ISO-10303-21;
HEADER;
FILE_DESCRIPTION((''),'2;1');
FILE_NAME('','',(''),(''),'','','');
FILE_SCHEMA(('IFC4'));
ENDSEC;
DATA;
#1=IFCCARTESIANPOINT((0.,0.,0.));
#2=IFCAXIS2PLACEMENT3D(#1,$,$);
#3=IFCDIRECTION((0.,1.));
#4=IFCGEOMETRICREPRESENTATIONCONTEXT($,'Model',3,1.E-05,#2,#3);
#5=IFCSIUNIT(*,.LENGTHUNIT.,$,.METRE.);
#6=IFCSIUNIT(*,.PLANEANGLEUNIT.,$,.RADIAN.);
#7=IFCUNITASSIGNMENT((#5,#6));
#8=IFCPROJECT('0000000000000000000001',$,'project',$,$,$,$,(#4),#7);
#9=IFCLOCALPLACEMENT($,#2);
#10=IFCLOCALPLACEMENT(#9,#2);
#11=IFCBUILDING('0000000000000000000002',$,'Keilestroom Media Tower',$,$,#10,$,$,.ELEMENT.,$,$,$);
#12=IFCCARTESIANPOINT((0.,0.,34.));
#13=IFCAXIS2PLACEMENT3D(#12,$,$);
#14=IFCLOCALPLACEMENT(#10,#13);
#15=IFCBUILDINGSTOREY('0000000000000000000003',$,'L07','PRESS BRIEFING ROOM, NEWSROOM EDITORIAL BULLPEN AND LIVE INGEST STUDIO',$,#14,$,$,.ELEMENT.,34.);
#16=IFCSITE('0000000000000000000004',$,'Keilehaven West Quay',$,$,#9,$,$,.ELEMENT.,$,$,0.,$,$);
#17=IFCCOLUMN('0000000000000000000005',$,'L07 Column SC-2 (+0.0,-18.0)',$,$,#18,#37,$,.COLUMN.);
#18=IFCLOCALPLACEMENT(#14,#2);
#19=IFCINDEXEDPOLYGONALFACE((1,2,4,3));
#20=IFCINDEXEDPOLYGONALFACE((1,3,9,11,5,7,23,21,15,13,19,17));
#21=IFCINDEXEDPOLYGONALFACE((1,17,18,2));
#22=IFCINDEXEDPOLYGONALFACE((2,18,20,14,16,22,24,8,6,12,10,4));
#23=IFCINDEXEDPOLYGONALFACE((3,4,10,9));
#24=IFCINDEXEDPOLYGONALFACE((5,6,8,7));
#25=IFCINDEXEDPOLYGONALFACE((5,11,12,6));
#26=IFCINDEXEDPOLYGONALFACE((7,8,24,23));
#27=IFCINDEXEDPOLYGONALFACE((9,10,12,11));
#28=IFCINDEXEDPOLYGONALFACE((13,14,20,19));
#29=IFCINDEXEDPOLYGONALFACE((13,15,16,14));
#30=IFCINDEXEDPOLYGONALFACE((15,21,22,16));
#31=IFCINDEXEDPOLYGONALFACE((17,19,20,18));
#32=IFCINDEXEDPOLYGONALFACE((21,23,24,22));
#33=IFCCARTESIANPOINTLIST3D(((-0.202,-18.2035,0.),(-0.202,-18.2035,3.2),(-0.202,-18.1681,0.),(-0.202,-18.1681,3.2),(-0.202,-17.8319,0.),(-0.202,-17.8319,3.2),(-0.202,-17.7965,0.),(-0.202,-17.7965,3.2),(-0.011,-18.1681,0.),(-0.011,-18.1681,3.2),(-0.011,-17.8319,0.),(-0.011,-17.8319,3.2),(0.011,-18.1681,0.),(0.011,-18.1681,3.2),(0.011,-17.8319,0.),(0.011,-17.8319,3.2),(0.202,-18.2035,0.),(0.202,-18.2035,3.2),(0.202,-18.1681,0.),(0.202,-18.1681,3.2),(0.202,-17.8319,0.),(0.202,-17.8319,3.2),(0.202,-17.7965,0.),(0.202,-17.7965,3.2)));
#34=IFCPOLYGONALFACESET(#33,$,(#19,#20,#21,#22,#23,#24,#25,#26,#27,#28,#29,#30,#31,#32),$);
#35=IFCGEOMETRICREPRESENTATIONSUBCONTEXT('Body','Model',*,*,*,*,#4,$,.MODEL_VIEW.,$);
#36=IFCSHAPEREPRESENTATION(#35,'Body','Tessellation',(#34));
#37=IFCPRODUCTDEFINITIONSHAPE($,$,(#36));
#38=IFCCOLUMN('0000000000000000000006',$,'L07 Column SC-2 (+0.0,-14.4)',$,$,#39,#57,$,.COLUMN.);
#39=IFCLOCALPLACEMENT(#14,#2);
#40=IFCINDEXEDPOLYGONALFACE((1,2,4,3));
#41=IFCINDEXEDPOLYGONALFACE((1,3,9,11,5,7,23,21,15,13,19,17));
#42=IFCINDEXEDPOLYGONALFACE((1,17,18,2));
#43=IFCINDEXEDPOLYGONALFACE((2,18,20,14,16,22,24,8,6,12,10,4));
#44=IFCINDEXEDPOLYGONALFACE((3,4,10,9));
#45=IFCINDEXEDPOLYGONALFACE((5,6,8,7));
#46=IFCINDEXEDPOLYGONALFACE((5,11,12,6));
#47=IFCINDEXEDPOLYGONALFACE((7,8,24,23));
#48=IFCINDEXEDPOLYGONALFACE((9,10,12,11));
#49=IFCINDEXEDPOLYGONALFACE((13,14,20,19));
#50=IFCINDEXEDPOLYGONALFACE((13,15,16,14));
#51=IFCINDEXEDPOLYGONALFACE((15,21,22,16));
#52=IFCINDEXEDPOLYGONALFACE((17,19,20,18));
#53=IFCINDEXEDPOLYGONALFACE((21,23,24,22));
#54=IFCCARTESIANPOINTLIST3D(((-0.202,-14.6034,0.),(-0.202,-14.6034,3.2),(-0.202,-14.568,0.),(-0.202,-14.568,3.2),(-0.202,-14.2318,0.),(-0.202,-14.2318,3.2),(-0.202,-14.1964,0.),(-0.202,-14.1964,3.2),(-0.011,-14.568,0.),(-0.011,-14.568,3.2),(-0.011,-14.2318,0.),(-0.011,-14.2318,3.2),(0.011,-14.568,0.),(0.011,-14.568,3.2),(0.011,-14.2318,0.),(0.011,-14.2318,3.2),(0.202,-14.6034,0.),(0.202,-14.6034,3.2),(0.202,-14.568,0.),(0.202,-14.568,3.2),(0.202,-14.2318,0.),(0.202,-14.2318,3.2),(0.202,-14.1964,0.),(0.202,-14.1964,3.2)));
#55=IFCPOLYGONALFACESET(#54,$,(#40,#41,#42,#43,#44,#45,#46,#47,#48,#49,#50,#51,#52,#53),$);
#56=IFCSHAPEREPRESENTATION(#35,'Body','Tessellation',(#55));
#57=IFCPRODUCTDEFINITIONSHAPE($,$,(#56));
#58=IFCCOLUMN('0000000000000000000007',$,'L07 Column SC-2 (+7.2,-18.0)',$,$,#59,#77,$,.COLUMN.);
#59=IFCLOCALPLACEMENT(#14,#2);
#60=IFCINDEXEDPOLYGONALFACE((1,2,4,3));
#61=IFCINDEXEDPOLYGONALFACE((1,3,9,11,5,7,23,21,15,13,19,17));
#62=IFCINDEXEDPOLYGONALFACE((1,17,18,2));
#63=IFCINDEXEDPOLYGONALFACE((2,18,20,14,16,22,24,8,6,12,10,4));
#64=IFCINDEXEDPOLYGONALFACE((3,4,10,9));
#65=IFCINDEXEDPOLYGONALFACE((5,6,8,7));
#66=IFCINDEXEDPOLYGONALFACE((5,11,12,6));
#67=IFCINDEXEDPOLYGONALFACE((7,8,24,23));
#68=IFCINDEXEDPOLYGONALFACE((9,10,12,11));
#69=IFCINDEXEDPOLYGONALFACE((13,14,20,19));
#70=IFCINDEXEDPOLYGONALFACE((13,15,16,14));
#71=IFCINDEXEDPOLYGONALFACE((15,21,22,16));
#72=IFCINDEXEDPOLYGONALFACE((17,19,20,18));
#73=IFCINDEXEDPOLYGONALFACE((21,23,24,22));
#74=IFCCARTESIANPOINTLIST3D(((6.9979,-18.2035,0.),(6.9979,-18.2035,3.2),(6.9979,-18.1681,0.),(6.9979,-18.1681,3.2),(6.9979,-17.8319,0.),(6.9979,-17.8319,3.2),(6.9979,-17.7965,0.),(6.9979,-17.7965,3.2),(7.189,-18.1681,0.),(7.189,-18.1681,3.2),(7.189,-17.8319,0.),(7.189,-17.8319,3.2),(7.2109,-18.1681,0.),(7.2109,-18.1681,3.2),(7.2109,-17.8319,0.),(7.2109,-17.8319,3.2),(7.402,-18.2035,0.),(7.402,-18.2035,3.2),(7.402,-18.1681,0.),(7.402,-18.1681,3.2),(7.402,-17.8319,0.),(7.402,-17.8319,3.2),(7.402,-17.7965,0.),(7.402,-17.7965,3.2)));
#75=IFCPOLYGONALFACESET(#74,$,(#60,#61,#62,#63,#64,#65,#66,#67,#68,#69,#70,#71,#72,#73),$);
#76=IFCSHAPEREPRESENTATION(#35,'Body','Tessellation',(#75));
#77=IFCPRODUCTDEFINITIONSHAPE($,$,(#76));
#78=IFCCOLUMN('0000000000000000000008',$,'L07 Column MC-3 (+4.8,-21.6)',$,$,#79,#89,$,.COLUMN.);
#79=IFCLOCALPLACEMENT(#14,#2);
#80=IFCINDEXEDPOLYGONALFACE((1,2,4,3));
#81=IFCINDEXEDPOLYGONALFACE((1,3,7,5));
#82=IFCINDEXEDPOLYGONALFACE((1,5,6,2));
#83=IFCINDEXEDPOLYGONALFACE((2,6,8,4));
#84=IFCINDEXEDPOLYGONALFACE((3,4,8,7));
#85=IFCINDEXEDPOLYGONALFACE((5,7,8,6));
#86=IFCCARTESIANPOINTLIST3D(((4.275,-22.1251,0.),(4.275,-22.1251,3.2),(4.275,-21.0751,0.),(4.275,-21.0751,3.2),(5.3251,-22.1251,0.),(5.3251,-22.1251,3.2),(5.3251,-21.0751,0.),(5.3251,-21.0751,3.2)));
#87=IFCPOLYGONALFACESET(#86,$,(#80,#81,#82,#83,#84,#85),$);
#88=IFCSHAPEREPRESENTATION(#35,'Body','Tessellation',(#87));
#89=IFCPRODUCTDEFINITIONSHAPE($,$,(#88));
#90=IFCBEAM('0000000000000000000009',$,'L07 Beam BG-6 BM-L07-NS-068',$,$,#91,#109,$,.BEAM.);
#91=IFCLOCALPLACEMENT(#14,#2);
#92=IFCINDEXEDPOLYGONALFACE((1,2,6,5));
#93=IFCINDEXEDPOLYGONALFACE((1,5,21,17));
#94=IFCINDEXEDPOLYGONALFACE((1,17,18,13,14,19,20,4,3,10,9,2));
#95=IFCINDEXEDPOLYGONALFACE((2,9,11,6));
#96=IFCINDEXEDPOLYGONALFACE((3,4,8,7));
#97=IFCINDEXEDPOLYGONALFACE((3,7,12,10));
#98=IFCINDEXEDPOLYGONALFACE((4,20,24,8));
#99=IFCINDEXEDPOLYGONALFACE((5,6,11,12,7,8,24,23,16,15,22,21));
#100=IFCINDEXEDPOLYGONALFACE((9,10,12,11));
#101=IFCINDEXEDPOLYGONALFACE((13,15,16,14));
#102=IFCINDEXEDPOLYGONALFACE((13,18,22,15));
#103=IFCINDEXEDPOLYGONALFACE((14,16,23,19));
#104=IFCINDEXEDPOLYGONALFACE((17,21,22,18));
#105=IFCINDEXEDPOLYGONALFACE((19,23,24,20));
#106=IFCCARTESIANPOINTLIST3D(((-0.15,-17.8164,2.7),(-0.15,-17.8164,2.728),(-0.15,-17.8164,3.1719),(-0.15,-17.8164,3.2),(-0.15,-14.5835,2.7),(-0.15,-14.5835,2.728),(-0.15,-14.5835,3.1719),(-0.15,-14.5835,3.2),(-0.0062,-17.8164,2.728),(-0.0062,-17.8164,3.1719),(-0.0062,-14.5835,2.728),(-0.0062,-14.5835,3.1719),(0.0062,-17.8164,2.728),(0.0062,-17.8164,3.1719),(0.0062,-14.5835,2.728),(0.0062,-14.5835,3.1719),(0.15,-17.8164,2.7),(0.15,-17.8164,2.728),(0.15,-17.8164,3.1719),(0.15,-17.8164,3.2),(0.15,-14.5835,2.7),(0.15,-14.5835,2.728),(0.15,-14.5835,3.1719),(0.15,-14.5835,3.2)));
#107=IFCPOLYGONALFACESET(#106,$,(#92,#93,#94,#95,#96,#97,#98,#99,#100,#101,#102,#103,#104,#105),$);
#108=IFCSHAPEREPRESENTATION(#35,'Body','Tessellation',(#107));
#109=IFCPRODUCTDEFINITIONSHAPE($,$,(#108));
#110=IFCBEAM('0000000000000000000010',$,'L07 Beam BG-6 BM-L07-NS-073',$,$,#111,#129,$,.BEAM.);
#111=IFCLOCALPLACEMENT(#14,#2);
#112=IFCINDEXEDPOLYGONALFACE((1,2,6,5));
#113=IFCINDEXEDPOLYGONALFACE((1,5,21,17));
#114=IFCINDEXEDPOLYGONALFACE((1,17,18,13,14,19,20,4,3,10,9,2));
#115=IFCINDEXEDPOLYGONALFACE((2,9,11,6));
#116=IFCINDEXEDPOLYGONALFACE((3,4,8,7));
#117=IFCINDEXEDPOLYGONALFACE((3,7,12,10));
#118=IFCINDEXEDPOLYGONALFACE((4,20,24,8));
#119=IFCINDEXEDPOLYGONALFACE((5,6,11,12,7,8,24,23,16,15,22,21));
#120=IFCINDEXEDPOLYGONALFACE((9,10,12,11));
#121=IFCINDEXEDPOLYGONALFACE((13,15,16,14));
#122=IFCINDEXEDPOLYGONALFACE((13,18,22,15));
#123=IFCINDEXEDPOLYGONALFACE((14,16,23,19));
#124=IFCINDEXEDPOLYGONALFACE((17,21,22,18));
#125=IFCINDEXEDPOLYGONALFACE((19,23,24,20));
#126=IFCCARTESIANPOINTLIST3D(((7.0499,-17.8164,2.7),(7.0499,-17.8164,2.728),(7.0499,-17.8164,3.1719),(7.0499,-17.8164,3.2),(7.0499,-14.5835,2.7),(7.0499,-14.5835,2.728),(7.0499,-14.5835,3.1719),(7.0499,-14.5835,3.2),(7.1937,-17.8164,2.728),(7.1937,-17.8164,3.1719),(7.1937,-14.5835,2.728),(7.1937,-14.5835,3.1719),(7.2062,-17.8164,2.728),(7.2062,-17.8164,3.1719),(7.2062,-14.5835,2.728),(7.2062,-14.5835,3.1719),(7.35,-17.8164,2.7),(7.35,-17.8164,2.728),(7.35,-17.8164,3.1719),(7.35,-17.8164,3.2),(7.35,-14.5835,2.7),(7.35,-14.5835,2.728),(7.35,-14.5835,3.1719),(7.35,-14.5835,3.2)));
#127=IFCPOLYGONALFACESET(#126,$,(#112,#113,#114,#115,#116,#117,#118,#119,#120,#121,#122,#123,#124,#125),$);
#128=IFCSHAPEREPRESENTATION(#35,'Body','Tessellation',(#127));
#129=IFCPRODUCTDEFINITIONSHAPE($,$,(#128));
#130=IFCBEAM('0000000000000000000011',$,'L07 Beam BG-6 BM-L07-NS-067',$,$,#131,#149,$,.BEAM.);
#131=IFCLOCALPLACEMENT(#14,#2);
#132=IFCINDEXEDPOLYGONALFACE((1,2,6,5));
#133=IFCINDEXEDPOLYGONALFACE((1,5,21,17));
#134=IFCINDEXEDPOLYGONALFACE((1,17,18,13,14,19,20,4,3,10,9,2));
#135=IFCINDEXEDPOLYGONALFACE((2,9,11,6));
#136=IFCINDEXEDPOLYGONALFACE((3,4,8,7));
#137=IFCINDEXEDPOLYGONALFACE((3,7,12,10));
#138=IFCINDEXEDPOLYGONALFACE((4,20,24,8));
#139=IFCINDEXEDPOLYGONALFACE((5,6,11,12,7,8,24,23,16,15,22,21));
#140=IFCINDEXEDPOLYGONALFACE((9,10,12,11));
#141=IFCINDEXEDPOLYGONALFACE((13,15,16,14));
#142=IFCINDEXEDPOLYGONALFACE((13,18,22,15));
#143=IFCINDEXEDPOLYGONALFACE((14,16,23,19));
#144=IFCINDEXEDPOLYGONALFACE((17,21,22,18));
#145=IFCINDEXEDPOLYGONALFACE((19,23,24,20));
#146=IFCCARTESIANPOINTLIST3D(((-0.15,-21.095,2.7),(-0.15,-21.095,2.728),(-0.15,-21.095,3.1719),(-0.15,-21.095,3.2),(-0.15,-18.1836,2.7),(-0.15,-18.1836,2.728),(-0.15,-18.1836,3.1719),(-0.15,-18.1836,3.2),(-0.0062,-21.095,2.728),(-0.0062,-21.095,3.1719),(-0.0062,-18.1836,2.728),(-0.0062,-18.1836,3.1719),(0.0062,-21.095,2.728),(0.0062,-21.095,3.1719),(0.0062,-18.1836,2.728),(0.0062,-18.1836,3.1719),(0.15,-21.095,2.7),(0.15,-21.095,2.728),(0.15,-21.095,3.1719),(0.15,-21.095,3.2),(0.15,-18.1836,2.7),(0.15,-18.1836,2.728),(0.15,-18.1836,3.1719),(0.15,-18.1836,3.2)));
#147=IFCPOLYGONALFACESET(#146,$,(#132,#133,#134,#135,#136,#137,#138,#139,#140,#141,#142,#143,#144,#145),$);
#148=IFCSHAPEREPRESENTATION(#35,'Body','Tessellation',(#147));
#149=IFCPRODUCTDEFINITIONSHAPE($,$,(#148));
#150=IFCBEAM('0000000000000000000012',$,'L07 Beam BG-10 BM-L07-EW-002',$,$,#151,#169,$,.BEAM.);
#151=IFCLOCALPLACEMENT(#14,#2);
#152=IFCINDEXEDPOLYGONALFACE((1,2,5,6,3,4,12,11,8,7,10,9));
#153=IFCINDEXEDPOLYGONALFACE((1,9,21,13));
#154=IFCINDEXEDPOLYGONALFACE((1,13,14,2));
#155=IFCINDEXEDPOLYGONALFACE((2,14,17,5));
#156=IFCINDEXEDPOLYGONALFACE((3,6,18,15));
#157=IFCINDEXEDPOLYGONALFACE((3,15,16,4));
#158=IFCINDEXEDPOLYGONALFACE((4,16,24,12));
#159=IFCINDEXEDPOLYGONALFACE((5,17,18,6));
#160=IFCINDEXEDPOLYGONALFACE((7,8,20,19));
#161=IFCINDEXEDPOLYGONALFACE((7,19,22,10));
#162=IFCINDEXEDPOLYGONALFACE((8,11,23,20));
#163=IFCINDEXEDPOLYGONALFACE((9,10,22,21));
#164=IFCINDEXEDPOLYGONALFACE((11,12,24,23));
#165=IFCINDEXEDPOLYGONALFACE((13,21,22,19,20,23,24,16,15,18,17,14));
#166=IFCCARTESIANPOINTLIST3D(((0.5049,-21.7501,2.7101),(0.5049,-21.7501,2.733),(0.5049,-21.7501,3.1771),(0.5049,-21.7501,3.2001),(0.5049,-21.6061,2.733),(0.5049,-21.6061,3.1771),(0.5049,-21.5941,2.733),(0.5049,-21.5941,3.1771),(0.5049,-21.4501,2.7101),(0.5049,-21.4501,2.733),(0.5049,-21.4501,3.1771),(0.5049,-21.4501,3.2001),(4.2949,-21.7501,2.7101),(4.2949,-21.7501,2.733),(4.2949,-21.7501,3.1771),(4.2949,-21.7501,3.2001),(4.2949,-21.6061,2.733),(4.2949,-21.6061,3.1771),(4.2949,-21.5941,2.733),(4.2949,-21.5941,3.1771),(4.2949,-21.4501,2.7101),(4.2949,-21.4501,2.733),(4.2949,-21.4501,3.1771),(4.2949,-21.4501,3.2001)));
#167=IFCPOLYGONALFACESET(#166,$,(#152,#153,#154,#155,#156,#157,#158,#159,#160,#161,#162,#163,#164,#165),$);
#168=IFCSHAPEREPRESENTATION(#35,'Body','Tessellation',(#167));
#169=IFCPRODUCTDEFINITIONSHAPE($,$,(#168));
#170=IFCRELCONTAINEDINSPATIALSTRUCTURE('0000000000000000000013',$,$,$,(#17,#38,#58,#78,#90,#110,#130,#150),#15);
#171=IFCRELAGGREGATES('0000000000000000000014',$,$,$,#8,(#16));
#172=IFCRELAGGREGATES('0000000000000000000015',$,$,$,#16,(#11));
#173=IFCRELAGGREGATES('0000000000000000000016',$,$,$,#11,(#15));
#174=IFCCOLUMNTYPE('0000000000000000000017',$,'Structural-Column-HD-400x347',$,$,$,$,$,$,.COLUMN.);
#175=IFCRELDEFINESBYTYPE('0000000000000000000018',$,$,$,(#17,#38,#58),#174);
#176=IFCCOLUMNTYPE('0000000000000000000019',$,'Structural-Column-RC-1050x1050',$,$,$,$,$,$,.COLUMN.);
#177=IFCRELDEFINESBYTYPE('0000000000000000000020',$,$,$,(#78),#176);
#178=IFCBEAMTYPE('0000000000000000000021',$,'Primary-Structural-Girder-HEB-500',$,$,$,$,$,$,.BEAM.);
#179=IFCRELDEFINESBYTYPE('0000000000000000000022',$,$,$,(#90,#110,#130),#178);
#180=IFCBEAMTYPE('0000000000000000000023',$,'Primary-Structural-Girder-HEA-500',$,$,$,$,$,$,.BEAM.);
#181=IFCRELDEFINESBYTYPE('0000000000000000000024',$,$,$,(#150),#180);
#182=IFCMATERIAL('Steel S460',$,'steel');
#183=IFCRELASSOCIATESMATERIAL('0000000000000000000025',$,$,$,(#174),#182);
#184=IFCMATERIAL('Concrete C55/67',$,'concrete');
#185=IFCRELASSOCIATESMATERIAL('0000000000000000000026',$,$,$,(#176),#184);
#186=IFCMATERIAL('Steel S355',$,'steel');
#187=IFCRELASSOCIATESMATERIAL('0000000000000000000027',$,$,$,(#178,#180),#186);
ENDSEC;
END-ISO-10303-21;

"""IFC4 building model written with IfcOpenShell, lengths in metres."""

from ifc_helpers import new_model, si_unit, direction, frame, origin, origin_2d, place, context, subcontext, project, spatial, rectangle, i_section, extrude, source, transform, mapped, material, material_profile, profile_set, type_object, element, save


model = new_model("IFC4")

# Units and contexts
model_context = context("Model", 3, precision=1e-05, world=origin(), true_north=direction((0.0, 1.0)))
body_context = subcontext(model_context, "Body", "Model", "MODEL_VIEW")
ifc_project = project(units=[si_unit("LENGTHUNIT", "METRE"), si_unit("PLANEANGLEUNIT", "RADIAN")], contexts=[model_context])

# Site, building, storey
site_placement = place(None, origin())
site = spatial("IfcSite", under=ifc_project, at=site_placement, Name="Keilehaven West Quay", CompositionType="ELEMENT", RefElevation=0.0)
building_placement = place(site_placement, origin())
building = spatial("IfcBuilding", under=site, at=building_placement, Name="Keilestroom Media Tower", CompositionType="ELEMENT")
storey_placement = place(building_placement, frame((0.0, 0.0, 34.0)))
storey = spatial("IfcBuildingStorey", under=building, at=storey_placement, Name="L07", Description="PRESS BRIEFING ROOM, NEWSROOM EDITORIAL BULLPEN AND LIVE INGEST STUDIO", CompositionType="ELEMENT", Elevation=34.0)

# Columns
ifc_material_1 = material(Name="Steel S460", Category="steel")
ifc_material_profile_1 = material_profile(ifc_material_1, i_section(OverallWidth=0.4041, OverallDepth=0.407, WebThickness=0.022, FlangeThickness=0.0354, at=origin_2d()), Name="HD 400x347")
ifc_profile_set_1 = profile_set([ifc_material_profile_1], Name="Steel S460")
column_type_1 = type_object("IfcColumnType", Name="Structural-Column-HD-400x347", PredefinedType="COLUMN", material=ifc_profile_set_1)
shared_shape_1 = source(origin(), body_context, "Body", "SweptSolid", [
    extrude(i_section(OverallWidth=0.4041, OverallDepth=0.407, WebThickness=0.022, FlangeThickness=0.0354, at=origin_2d()), origin(), (0.0, 0.0, 1.0), 3.2),
])
for number, where, z_axis, x_axis, name in (
    (1, (0.0, -18.0, 0.0), (0.0, 0.0, 1.0), (1.0, 0.0, 0.0), "L07 Column SC-2 (+0.0,-18.0)"),
    (2, (0.0, -14.3999, 0.0), (0.0, 0.0, 1.0), (1.0, 0.0, 0.0), "L07 Column SC-2 (+0.0,-14.4)"),
    (3, (7.2, -18.0, 0.0), (0.0, 0.0, 1.0), (1.0, 0.0, 0.0), "L07 Column SC-2 (+7.2,-18.0)"),
):
    element("IfcColumn", number, at=place(storey_placement, frame(where, z_axis=z_axis, x_axis=x_axis)), inside=storey, type_object=column_type_1, Name=name, PredefinedType="COLUMN", context=body_context, shape_type="MappedRepresentation", body=[
        mapped(shared_shape_1, transform((0.0, 0.0, 0.0), x_axis=(1.0, 0.0, 0.0), y_axis=(0.0, 1.0, 0.0), z_axis=(0.0, 0.0, 1.0), scale=1.0)),
    ])
ifc_material_2 = material(Name="Concrete C55/67", Category="concrete")
ifc_material_profile_2 = material_profile(ifc_material_2, rectangle(XDim=1.05, YDim=1.05, at=origin_2d()), Name="RC 1050x1050")
ifc_profile_set_2 = profile_set([ifc_material_profile_2], Name="Concrete C55/67")
column_type_2 = type_object("IfcColumnType", Name="Structural-Column-RC-1050x1050", PredefinedType="COLUMN", material=ifc_profile_set_2)
shared_shape_2 = source(origin(), body_context, "Body", "SweptSolid", [
    extrude(rectangle(XDim=1.05, YDim=1.05, at=origin_2d()), origin(), (0.0, 0.0, 1.0), 3.2),
])
column_placement = place(storey_placement, frame((4.8, -21.6001, 0.0), z_axis=(0.0, 0.0, 1.0), x_axis=(1.0, 0.0, 0.0)))
element("IfcColumn", 4, at=column_placement, inside=storey, type_object=column_type_2, Name="L07 Column MC-3 (+4.8,-21.6)", PredefinedType="COLUMN", context=body_context, shape_type="MappedRepresentation", body=[
    mapped(shared_shape_2, transform((0.0, 0.0, 0.0), x_axis=(1.0, 0.0, 0.0), y_axis=(0.0, 1.0, 0.0), z_axis=(0.0, 0.0, 1.0), scale=1.0)),
])

# Beams
ifc_material_3 = material(Name="Steel S355", Category="steel")
ifc_material_profile_3 = material_profile(ifc_material_3, i_section(OverallWidth=0.3, OverallDepth=0.5, WebThickness=0.0125, FlangeThickness=0.0281, at=origin_2d()), Name="HEB 500")
ifc_profile_set_3 = profile_set([ifc_material_profile_3], Name="Steel S355")
beam_type_1 = type_object("IfcBeamType", Name="Primary-Structural-Girder-HEB-500", PredefinedType="BEAM", material=ifc_profile_set_3)
shared_shape_3 = source(origin(), body_context, "Body", "SweptSolid", [
    extrude(i_section(OverallWidth=0.3, OverallDepth=0.5, WebThickness=0.0125, FlangeThickness=0.0281, at=origin_2d()), origin(), (0.0, 0.0, 1.0), 3.2329),
])
for number, where, z_axis, x_axis, name in (
    (5, (0.0, -17.8164, 2.95), (0.0, 1.0, 0.0), (-1.0, 0.0, 0.0), "L07 Beam BG-6 BM-L07-NS-068"),
    (6, (7.2, -17.8164, 2.95), (0.0, 1.0, 0.0), (-1.0, 0.0, 0.0), "L07 Beam BG-6 BM-L07-NS-073"),
):
    element("IfcBeam", number, at=place(storey_placement, frame(where, z_axis=z_axis, x_axis=x_axis)), inside=storey, type_object=beam_type_1, Name=name, PredefinedType="BEAM", context=body_context, shape_type="MappedRepresentation", body=[
        mapped(shared_shape_3, transform((0.0, 0.0, 0.0), x_axis=(1.0, 0.0, 0.0), y_axis=(0.0, 1.0, 0.0), z_axis=(0.0, 0.0, 1.0), scale=1.0)),
    ])
shared_shape_4 = source(origin(), body_context, "Body", "SweptSolid", [
    extrude(i_section(OverallWidth=0.3, OverallDepth=0.5, WebThickness=0.0125, FlangeThickness=0.0281, at=origin_2d()), origin(), (0.0, 0.0, 1.0), 2.9114),
])
beam_1_placement = place(storey_placement, frame((0.0, -21.095, 2.95), z_axis=(0.0, 1.0, 0.0), x_axis=(-1.0, 0.0, 0.0)))
element("IfcBeam", 7, at=beam_1_placement, inside=storey, type_object=beam_type_1, Name="L07 Beam BG-6 BM-L07-NS-067", PredefinedType="BEAM", context=body_context, shape_type="MappedRepresentation", body=[
    mapped(shared_shape_4, transform((0.0, 0.0, 0.0), x_axis=(1.0, 0.0, 0.0), y_axis=(0.0, 1.0, 0.0), z_axis=(0.0, 0.0, 1.0), scale=1.0)),
])
ifc_material_profile_4 = material_profile(ifc_material_3, i_section(OverallWidth=0.3, OverallDepth=0.49, WebThickness=0.012, FlangeThickness=0.0229, at=origin_2d()), Name="HEA 500")
ifc_profile_set_4 = profile_set([ifc_material_profile_4], Name="Steel S355")
beam_type_2 = type_object("IfcBeamType", Name="Primary-Structural-Girder-HEA-500", PredefinedType="BEAM", material=ifc_profile_set_4)
shared_shape_5 = source(origin(), body_context, "Body", "SweptSolid", [
    extrude(i_section(OverallWidth=0.3, OverallDepth=0.49, WebThickness=0.012, FlangeThickness=0.0229, at=origin_2d()), origin(), (0.0, 0.0, 1.0), 3.79),
])
beam_2_placement = place(storey_placement, frame((0.5049, -21.6001, 2.9551), z_axis=(1.0, 0.0, 0.0), x_axis=(0.0, 1.0, 0.0)))
element("IfcBeam", 8, at=beam_2_placement, inside=storey, type_object=beam_type_2, Name="L07 Beam BG-10 BM-L07-EW-002", PredefinedType="BEAM", context=body_context, shape_type="MappedRepresentation", body=[
    mapped(shared_shape_5, transform((0.0, 0.0, 0.0), x_axis=(1.0, 0.0, 0.0), y_axis=(0.0, 1.0, 0.0), z_axis=(0.0, 0.0, 1.0), scale=1.0)),
])

save(model, "model.ifc")
